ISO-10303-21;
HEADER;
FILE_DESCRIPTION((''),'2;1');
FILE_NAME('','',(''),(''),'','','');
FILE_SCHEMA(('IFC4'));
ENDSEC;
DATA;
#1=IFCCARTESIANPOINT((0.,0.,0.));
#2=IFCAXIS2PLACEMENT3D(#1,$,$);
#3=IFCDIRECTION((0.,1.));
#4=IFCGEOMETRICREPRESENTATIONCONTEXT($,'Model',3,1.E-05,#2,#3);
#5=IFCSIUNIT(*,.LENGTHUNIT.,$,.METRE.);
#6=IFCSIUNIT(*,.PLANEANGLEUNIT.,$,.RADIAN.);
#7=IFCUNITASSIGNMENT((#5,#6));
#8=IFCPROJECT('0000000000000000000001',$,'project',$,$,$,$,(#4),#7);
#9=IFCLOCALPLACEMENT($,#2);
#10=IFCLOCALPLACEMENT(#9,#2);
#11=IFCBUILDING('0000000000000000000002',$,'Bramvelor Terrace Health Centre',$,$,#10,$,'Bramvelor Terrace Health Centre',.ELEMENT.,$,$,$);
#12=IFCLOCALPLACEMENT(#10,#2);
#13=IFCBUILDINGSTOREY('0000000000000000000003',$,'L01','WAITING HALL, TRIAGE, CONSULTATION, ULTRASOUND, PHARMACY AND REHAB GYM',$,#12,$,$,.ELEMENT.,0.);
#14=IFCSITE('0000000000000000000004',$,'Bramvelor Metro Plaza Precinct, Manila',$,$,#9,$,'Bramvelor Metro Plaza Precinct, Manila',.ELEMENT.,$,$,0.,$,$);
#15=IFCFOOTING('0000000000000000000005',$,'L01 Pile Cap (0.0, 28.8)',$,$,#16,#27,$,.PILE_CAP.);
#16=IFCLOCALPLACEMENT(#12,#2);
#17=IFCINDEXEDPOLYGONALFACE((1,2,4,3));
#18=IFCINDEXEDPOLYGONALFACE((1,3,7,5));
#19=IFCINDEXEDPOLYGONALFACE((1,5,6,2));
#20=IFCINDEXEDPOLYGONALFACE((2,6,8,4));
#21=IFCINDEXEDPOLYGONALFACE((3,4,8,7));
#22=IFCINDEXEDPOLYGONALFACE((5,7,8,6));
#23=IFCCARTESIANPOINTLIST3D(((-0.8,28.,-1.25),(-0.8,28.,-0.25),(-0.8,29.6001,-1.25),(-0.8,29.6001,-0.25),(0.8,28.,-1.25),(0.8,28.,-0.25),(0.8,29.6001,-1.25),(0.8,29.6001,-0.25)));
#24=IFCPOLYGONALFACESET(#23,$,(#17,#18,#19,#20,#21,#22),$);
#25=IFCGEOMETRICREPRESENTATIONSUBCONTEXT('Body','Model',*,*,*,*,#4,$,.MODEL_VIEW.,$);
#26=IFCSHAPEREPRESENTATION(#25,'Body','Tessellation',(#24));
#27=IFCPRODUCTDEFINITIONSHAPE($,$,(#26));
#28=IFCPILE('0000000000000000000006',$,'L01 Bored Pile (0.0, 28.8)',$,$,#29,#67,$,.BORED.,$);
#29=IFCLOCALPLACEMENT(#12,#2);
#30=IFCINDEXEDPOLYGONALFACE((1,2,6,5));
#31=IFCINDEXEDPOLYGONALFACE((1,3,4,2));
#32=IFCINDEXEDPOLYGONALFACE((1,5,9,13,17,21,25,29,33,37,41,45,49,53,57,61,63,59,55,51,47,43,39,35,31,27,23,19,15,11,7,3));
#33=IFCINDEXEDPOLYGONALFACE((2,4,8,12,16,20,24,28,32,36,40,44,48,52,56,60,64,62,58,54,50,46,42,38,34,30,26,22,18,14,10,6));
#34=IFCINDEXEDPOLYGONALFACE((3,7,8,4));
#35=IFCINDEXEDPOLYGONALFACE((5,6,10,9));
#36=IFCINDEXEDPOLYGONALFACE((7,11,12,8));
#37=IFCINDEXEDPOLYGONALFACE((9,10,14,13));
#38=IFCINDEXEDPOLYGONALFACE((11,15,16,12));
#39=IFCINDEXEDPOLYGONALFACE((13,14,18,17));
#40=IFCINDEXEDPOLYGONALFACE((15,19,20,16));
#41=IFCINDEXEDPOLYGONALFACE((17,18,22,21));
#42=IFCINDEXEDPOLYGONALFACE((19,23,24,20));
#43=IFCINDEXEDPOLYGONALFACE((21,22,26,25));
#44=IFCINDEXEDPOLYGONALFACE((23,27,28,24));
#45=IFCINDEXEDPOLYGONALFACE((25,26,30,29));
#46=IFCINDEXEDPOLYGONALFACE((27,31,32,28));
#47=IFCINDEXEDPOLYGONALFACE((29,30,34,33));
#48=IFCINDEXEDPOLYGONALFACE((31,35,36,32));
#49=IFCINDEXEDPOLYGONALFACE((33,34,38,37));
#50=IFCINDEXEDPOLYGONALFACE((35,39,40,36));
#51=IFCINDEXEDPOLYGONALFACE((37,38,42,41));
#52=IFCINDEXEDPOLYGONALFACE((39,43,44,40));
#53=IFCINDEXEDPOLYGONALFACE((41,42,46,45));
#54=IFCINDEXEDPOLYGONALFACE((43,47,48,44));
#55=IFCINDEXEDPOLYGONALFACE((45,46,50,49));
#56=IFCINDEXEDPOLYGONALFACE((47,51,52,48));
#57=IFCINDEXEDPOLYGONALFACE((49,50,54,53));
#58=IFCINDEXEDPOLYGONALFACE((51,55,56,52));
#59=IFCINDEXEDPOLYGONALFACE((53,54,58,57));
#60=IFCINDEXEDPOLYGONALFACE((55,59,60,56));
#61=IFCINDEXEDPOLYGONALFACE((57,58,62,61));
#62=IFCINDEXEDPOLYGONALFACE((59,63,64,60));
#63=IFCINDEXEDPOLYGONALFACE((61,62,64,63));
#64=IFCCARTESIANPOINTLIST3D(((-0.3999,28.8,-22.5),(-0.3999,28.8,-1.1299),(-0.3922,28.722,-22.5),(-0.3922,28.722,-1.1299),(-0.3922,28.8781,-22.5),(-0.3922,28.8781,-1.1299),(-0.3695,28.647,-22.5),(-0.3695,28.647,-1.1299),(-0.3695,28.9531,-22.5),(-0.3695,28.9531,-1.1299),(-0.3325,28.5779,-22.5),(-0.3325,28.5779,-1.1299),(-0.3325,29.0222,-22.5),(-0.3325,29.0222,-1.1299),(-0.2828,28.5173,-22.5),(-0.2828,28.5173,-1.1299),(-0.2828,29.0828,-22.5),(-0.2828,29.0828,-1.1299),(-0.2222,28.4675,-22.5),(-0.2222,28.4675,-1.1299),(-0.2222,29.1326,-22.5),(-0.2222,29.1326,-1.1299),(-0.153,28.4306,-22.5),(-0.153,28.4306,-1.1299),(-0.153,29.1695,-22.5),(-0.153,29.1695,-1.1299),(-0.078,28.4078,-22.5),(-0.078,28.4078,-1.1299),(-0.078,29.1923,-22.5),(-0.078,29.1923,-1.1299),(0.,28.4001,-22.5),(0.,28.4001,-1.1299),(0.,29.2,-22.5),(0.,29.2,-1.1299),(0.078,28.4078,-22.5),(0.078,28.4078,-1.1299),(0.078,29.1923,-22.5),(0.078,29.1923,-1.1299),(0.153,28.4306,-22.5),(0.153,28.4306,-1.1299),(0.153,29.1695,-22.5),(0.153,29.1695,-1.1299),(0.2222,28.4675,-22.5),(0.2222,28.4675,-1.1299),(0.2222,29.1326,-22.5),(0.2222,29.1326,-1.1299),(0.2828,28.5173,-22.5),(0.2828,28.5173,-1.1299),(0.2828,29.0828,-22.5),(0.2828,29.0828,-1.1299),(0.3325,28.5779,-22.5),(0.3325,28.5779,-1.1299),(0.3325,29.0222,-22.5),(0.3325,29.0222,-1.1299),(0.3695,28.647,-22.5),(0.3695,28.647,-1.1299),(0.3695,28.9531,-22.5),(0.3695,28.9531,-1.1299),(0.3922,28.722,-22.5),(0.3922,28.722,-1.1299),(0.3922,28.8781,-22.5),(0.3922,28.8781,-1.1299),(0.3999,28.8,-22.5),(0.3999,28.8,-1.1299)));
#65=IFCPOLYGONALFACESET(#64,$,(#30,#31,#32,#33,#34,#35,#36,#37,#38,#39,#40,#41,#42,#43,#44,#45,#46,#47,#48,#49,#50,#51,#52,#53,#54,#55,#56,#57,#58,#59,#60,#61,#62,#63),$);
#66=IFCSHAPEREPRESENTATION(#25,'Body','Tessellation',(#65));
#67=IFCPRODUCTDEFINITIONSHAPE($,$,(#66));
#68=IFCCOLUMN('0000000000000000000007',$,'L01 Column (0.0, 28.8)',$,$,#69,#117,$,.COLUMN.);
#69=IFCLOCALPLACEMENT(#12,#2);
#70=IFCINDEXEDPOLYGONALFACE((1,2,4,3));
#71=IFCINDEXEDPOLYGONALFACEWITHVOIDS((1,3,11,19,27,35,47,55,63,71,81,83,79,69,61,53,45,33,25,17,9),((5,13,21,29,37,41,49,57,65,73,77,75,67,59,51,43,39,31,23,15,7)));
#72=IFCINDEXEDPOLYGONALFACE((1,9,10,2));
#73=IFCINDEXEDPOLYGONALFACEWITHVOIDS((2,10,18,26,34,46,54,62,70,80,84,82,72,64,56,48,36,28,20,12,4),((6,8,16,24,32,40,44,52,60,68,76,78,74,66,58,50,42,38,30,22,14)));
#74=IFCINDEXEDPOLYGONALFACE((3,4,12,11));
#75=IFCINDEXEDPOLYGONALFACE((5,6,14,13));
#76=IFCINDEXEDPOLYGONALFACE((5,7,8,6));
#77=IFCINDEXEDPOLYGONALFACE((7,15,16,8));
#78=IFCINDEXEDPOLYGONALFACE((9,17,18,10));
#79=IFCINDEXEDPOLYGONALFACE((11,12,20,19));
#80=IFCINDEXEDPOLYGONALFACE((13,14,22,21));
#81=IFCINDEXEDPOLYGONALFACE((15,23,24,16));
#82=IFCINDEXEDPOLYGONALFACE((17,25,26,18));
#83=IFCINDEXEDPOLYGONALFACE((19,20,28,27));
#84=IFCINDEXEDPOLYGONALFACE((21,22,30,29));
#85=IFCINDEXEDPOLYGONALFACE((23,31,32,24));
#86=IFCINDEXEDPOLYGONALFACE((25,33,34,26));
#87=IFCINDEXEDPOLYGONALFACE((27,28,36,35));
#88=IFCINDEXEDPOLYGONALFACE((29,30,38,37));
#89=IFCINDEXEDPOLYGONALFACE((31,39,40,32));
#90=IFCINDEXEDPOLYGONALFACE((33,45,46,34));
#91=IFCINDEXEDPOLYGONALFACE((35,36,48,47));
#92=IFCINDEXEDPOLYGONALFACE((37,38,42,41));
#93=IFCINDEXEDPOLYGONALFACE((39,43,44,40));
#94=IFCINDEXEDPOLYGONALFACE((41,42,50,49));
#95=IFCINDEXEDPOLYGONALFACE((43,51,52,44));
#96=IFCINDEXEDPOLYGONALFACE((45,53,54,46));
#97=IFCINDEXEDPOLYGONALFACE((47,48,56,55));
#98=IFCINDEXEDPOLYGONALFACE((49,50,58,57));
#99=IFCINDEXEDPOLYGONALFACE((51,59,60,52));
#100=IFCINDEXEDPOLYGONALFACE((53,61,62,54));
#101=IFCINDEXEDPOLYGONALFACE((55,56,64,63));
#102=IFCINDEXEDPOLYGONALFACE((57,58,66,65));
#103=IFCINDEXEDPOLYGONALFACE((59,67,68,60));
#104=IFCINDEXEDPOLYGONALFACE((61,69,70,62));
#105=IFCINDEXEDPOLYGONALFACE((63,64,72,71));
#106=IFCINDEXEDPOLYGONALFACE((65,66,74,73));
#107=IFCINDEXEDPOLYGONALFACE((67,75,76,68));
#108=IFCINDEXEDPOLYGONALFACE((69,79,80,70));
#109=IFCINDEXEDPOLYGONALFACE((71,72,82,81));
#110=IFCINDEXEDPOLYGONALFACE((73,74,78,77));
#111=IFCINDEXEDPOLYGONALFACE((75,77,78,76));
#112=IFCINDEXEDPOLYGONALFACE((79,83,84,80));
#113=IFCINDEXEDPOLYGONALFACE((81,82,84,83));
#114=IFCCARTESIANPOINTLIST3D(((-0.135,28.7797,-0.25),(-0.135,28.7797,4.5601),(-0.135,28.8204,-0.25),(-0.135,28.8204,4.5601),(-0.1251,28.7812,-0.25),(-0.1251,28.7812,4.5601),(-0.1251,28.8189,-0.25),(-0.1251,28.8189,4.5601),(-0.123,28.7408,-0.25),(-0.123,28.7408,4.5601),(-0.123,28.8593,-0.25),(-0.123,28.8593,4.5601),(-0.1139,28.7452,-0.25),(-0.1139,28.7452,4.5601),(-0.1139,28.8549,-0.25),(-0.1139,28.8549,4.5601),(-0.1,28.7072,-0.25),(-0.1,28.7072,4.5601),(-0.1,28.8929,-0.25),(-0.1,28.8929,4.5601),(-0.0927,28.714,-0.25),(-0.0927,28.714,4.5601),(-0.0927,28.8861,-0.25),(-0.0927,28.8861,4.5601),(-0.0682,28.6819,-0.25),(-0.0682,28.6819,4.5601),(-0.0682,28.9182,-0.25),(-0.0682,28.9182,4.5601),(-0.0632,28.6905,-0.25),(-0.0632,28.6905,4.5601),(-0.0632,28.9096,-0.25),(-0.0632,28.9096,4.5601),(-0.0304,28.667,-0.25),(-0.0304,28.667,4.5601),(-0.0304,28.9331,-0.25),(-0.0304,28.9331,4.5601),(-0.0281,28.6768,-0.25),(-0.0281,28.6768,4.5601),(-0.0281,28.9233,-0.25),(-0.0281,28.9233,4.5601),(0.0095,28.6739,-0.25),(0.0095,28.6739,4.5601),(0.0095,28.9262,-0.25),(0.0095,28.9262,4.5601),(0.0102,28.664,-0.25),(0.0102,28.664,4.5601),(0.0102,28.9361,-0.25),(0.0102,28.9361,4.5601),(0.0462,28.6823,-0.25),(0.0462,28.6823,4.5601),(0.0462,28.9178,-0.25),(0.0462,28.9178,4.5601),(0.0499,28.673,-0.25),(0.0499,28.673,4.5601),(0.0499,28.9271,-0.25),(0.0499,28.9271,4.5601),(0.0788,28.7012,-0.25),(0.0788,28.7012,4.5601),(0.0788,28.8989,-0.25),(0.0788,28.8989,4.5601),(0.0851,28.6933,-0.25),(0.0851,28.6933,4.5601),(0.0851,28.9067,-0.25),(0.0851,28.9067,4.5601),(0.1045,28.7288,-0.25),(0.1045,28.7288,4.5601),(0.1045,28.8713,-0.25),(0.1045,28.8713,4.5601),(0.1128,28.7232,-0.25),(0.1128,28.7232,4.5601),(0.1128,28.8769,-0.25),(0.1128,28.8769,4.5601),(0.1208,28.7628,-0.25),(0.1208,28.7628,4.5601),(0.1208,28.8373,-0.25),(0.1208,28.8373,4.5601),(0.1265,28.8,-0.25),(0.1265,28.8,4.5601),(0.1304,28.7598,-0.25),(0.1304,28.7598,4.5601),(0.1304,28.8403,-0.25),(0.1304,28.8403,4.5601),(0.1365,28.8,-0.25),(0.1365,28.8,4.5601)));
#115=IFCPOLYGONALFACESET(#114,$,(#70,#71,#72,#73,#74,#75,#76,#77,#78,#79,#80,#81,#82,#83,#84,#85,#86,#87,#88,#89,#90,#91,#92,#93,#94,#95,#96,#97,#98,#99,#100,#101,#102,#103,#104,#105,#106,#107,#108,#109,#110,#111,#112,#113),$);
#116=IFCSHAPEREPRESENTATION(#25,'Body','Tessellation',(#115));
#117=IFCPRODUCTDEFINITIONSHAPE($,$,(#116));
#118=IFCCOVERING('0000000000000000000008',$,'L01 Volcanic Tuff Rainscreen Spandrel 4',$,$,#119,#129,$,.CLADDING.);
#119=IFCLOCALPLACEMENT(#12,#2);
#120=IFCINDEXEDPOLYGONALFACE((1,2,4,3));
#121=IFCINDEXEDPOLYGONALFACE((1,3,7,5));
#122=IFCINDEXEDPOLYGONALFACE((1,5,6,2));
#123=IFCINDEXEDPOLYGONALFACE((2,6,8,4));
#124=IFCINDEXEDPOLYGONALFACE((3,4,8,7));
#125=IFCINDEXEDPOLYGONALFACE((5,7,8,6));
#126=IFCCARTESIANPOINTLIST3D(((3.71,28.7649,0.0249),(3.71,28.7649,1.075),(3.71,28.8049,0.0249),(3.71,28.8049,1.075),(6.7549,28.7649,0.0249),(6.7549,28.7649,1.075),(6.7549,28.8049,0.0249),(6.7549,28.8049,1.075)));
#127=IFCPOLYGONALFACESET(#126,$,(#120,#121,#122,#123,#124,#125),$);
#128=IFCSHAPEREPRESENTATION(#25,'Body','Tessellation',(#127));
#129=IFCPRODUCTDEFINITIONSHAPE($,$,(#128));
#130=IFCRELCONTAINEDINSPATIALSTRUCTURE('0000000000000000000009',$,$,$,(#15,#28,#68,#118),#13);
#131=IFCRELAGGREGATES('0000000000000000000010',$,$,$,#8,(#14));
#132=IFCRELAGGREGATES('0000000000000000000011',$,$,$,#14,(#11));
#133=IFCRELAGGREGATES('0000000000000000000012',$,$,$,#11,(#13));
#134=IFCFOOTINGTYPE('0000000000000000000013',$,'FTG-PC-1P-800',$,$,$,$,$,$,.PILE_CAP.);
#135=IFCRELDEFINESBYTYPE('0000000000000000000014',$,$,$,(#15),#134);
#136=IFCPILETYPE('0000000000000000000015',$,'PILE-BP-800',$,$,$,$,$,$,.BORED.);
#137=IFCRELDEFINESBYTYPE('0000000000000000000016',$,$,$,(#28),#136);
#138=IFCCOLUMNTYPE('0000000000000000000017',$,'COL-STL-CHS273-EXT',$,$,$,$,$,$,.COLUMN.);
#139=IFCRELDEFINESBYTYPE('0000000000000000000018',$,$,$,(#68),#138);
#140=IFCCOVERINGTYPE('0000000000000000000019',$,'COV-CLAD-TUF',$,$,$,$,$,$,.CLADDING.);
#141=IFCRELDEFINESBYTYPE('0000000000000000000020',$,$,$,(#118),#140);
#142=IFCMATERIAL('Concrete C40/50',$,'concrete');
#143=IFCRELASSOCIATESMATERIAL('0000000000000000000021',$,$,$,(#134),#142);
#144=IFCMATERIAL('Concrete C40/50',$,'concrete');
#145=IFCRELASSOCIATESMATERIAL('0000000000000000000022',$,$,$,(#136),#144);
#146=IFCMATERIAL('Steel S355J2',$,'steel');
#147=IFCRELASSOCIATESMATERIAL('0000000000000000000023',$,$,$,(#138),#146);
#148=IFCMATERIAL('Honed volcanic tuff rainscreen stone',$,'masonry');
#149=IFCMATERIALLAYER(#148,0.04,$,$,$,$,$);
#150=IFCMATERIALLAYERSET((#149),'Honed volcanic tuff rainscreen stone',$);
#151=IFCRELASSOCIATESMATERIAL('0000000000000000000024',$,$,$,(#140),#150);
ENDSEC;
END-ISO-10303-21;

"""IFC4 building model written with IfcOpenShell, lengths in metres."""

from ifc_helpers import new_model, si_unit, direction, frame, origin, origin_2d, place, context, subcontext, project, spatial, rectangle, circle, hollow_circle, extrude, material, layer, layer_set, material_profile, profile_set, type_object, element, save


model = new_model("IFC4")

# Units and contexts
model_context = context("Model", 3, precision=1e-05, world=origin(), true_north=direction((0.0, 1.0)))
body_context = subcontext(model_context, "Body", "Model", "MODEL_VIEW")
ifc_project = project(units=[si_unit("LENGTHUNIT", "METRE"), si_unit("PLANEANGLEUNIT", "RADIAN")], contexts=[model_context])

# Site, building, storey
site_placement = place(None, origin())
site = spatial("IfcSite", under=ifc_project, at=site_placement, Name="Bramvelor Metro Plaza Precinct, Manila", LongName="Bramvelor Metro Plaza Precinct, Manila", CompositionType="ELEMENT", RefElevation=0.0)
building_placement = place(site_placement, origin())
building = spatial("IfcBuilding", under=site, at=building_placement, Name="Bramvelor Terrace Health Centre", LongName="Bramvelor Terrace Health Centre", CompositionType="ELEMENT")
storey_placement = place(building_placement, origin())
storey = spatial("IfcBuildingStorey", under=building, at=storey_placement, Name="L01", Description="WAITING HALL, TRIAGE, CONSULTATION, ULTRASOUND, PHARMACY AND REHAB GYM", CompositionType="ELEMENT", Elevation=0.0)

# Footing
ifc_material_1 = material(Name="Concrete C40/50", Category="concrete")
footing_type = type_object("IfcFootingType", Name="FTG-PC-1P-800", PredefinedType="PILE_CAP", material=ifc_material_1)
footing_placement = place(storey_placement, frame((0.0, 28.8, -1.25), z_axis=(0.0, 0.0, 1.0), x_axis=(1.0, 0.0, 0.0)))
element("IfcFooting", 1, at=footing_placement, inside=storey, type_object=footing_type, Name="L01 Pile Cap (0.0, 28.8)", PredefinedType="PILE_CAP", context=body_context, shape_type="SweptSolid", body=[
    extrude(rectangle(XDim=1.6001, YDim=1.6001, at=origin_2d()), origin(), (0.0, 0.0, 1.0), 1.0),
])

# Pile
ifc_material_2 = material(Name="Concrete C40/50", Category="concrete")
ifc_material_profile_1 = material_profile(ifc_material_2, circle(Radius=0.3999, at=origin_2d()), Name="BP D800")
ifc_profile_set_1 = profile_set([ifc_material_profile_1], Name="Concrete C40/50")
pile_type = type_object("IfcPileType", Name="PILE-BP-800", PredefinedType="BORED", material=ifc_profile_set_1)
pile_placement = place(storey_placement, frame((0.0, 28.8, -1.1299), z_axis=(0.0, 0.0, -1.0), x_axis=(1.0, 0.0, 0.0)))
element("IfcPile", 2, at=pile_placement, inside=storey, type_object=pile_type, Name="L01 Bored Pile (0.0, 28.8)", PredefinedType="BORED", context=body_context, shape_type="SweptSolid", body=[
    extrude(circle(Radius=0.3999, at=origin_2d()), origin(), (0.0, 0.0, 1.0), 21.3701),
])

# Column
ifc_material_3 = material(Name="Steel S355J2", Category="steel")
ifc_material_profile_2 = material_profile(ifc_material_3, hollow_circle(Radius=0.1365, WallThickness=0.01, at=origin_2d()), Name="CHS 273.0x10.0")
ifc_profile_set_2 = profile_set([ifc_material_profile_2], Name="Steel S355J2")
column_type = type_object("IfcColumnType", Name="COL-STL-CHS273-EXT", PredefinedType="COLUMN", material=ifc_profile_set_2)
column_placement = place(storey_placement, frame((0.0, 28.8, -0.25), z_axis=(0.0, 0.0, 1.0), x_axis=(1.0, 0.0, 0.0)))
element("IfcColumn", 3, at=column_placement, inside=storey, type_object=column_type, Name="L01 Column (0.0, 28.8)", PredefinedType="COLUMN", context=body_context, shape_type="SweptSolid", body=[
    extrude(hollow_circle(Radius=0.1365, WallThickness=0.01, at=origin_2d()), origin(), (0.0, 0.0, 1.0), 4.8101),
])

# Covering
ifc_material_4 = material(Name="Honed volcanic tuff rainscreen stone", Category="masonry")
ifc_layer_1 = layer(ifc_material_4, 0.04)
ifc_layer_set_1 = layer_set([ifc_layer_1], Name="Honed volcanic tuff rainscreen stone")
covering_type_1 = type_object("IfcCoveringType", Name="COV-CLAD-TUF", PredefinedType="CLADDING", material=ifc_layer_set_1)
covering_1_placement = place(storey_placement, frame((5.2324, 28.7849, 0.0249), z_axis=(0.0, 0.0, 1.0), x_axis=(1.0, 0.0, 0.0)))
element("IfcCovering", 4, at=covering_1_placement, inside=storey, type_object=covering_type_1, Name="L01 Volcanic Tuff Rainscreen Spandrel 4", PredefinedType="CLADDING", context=body_context, shape_type="SweptSolid", body=[
    extrude(rectangle(XDim=3.0449, YDim=0.04, at=origin_2d()), origin(), (0.0, 0.0, 1.0), 1.05),
])

save(model, "model.ifc")
